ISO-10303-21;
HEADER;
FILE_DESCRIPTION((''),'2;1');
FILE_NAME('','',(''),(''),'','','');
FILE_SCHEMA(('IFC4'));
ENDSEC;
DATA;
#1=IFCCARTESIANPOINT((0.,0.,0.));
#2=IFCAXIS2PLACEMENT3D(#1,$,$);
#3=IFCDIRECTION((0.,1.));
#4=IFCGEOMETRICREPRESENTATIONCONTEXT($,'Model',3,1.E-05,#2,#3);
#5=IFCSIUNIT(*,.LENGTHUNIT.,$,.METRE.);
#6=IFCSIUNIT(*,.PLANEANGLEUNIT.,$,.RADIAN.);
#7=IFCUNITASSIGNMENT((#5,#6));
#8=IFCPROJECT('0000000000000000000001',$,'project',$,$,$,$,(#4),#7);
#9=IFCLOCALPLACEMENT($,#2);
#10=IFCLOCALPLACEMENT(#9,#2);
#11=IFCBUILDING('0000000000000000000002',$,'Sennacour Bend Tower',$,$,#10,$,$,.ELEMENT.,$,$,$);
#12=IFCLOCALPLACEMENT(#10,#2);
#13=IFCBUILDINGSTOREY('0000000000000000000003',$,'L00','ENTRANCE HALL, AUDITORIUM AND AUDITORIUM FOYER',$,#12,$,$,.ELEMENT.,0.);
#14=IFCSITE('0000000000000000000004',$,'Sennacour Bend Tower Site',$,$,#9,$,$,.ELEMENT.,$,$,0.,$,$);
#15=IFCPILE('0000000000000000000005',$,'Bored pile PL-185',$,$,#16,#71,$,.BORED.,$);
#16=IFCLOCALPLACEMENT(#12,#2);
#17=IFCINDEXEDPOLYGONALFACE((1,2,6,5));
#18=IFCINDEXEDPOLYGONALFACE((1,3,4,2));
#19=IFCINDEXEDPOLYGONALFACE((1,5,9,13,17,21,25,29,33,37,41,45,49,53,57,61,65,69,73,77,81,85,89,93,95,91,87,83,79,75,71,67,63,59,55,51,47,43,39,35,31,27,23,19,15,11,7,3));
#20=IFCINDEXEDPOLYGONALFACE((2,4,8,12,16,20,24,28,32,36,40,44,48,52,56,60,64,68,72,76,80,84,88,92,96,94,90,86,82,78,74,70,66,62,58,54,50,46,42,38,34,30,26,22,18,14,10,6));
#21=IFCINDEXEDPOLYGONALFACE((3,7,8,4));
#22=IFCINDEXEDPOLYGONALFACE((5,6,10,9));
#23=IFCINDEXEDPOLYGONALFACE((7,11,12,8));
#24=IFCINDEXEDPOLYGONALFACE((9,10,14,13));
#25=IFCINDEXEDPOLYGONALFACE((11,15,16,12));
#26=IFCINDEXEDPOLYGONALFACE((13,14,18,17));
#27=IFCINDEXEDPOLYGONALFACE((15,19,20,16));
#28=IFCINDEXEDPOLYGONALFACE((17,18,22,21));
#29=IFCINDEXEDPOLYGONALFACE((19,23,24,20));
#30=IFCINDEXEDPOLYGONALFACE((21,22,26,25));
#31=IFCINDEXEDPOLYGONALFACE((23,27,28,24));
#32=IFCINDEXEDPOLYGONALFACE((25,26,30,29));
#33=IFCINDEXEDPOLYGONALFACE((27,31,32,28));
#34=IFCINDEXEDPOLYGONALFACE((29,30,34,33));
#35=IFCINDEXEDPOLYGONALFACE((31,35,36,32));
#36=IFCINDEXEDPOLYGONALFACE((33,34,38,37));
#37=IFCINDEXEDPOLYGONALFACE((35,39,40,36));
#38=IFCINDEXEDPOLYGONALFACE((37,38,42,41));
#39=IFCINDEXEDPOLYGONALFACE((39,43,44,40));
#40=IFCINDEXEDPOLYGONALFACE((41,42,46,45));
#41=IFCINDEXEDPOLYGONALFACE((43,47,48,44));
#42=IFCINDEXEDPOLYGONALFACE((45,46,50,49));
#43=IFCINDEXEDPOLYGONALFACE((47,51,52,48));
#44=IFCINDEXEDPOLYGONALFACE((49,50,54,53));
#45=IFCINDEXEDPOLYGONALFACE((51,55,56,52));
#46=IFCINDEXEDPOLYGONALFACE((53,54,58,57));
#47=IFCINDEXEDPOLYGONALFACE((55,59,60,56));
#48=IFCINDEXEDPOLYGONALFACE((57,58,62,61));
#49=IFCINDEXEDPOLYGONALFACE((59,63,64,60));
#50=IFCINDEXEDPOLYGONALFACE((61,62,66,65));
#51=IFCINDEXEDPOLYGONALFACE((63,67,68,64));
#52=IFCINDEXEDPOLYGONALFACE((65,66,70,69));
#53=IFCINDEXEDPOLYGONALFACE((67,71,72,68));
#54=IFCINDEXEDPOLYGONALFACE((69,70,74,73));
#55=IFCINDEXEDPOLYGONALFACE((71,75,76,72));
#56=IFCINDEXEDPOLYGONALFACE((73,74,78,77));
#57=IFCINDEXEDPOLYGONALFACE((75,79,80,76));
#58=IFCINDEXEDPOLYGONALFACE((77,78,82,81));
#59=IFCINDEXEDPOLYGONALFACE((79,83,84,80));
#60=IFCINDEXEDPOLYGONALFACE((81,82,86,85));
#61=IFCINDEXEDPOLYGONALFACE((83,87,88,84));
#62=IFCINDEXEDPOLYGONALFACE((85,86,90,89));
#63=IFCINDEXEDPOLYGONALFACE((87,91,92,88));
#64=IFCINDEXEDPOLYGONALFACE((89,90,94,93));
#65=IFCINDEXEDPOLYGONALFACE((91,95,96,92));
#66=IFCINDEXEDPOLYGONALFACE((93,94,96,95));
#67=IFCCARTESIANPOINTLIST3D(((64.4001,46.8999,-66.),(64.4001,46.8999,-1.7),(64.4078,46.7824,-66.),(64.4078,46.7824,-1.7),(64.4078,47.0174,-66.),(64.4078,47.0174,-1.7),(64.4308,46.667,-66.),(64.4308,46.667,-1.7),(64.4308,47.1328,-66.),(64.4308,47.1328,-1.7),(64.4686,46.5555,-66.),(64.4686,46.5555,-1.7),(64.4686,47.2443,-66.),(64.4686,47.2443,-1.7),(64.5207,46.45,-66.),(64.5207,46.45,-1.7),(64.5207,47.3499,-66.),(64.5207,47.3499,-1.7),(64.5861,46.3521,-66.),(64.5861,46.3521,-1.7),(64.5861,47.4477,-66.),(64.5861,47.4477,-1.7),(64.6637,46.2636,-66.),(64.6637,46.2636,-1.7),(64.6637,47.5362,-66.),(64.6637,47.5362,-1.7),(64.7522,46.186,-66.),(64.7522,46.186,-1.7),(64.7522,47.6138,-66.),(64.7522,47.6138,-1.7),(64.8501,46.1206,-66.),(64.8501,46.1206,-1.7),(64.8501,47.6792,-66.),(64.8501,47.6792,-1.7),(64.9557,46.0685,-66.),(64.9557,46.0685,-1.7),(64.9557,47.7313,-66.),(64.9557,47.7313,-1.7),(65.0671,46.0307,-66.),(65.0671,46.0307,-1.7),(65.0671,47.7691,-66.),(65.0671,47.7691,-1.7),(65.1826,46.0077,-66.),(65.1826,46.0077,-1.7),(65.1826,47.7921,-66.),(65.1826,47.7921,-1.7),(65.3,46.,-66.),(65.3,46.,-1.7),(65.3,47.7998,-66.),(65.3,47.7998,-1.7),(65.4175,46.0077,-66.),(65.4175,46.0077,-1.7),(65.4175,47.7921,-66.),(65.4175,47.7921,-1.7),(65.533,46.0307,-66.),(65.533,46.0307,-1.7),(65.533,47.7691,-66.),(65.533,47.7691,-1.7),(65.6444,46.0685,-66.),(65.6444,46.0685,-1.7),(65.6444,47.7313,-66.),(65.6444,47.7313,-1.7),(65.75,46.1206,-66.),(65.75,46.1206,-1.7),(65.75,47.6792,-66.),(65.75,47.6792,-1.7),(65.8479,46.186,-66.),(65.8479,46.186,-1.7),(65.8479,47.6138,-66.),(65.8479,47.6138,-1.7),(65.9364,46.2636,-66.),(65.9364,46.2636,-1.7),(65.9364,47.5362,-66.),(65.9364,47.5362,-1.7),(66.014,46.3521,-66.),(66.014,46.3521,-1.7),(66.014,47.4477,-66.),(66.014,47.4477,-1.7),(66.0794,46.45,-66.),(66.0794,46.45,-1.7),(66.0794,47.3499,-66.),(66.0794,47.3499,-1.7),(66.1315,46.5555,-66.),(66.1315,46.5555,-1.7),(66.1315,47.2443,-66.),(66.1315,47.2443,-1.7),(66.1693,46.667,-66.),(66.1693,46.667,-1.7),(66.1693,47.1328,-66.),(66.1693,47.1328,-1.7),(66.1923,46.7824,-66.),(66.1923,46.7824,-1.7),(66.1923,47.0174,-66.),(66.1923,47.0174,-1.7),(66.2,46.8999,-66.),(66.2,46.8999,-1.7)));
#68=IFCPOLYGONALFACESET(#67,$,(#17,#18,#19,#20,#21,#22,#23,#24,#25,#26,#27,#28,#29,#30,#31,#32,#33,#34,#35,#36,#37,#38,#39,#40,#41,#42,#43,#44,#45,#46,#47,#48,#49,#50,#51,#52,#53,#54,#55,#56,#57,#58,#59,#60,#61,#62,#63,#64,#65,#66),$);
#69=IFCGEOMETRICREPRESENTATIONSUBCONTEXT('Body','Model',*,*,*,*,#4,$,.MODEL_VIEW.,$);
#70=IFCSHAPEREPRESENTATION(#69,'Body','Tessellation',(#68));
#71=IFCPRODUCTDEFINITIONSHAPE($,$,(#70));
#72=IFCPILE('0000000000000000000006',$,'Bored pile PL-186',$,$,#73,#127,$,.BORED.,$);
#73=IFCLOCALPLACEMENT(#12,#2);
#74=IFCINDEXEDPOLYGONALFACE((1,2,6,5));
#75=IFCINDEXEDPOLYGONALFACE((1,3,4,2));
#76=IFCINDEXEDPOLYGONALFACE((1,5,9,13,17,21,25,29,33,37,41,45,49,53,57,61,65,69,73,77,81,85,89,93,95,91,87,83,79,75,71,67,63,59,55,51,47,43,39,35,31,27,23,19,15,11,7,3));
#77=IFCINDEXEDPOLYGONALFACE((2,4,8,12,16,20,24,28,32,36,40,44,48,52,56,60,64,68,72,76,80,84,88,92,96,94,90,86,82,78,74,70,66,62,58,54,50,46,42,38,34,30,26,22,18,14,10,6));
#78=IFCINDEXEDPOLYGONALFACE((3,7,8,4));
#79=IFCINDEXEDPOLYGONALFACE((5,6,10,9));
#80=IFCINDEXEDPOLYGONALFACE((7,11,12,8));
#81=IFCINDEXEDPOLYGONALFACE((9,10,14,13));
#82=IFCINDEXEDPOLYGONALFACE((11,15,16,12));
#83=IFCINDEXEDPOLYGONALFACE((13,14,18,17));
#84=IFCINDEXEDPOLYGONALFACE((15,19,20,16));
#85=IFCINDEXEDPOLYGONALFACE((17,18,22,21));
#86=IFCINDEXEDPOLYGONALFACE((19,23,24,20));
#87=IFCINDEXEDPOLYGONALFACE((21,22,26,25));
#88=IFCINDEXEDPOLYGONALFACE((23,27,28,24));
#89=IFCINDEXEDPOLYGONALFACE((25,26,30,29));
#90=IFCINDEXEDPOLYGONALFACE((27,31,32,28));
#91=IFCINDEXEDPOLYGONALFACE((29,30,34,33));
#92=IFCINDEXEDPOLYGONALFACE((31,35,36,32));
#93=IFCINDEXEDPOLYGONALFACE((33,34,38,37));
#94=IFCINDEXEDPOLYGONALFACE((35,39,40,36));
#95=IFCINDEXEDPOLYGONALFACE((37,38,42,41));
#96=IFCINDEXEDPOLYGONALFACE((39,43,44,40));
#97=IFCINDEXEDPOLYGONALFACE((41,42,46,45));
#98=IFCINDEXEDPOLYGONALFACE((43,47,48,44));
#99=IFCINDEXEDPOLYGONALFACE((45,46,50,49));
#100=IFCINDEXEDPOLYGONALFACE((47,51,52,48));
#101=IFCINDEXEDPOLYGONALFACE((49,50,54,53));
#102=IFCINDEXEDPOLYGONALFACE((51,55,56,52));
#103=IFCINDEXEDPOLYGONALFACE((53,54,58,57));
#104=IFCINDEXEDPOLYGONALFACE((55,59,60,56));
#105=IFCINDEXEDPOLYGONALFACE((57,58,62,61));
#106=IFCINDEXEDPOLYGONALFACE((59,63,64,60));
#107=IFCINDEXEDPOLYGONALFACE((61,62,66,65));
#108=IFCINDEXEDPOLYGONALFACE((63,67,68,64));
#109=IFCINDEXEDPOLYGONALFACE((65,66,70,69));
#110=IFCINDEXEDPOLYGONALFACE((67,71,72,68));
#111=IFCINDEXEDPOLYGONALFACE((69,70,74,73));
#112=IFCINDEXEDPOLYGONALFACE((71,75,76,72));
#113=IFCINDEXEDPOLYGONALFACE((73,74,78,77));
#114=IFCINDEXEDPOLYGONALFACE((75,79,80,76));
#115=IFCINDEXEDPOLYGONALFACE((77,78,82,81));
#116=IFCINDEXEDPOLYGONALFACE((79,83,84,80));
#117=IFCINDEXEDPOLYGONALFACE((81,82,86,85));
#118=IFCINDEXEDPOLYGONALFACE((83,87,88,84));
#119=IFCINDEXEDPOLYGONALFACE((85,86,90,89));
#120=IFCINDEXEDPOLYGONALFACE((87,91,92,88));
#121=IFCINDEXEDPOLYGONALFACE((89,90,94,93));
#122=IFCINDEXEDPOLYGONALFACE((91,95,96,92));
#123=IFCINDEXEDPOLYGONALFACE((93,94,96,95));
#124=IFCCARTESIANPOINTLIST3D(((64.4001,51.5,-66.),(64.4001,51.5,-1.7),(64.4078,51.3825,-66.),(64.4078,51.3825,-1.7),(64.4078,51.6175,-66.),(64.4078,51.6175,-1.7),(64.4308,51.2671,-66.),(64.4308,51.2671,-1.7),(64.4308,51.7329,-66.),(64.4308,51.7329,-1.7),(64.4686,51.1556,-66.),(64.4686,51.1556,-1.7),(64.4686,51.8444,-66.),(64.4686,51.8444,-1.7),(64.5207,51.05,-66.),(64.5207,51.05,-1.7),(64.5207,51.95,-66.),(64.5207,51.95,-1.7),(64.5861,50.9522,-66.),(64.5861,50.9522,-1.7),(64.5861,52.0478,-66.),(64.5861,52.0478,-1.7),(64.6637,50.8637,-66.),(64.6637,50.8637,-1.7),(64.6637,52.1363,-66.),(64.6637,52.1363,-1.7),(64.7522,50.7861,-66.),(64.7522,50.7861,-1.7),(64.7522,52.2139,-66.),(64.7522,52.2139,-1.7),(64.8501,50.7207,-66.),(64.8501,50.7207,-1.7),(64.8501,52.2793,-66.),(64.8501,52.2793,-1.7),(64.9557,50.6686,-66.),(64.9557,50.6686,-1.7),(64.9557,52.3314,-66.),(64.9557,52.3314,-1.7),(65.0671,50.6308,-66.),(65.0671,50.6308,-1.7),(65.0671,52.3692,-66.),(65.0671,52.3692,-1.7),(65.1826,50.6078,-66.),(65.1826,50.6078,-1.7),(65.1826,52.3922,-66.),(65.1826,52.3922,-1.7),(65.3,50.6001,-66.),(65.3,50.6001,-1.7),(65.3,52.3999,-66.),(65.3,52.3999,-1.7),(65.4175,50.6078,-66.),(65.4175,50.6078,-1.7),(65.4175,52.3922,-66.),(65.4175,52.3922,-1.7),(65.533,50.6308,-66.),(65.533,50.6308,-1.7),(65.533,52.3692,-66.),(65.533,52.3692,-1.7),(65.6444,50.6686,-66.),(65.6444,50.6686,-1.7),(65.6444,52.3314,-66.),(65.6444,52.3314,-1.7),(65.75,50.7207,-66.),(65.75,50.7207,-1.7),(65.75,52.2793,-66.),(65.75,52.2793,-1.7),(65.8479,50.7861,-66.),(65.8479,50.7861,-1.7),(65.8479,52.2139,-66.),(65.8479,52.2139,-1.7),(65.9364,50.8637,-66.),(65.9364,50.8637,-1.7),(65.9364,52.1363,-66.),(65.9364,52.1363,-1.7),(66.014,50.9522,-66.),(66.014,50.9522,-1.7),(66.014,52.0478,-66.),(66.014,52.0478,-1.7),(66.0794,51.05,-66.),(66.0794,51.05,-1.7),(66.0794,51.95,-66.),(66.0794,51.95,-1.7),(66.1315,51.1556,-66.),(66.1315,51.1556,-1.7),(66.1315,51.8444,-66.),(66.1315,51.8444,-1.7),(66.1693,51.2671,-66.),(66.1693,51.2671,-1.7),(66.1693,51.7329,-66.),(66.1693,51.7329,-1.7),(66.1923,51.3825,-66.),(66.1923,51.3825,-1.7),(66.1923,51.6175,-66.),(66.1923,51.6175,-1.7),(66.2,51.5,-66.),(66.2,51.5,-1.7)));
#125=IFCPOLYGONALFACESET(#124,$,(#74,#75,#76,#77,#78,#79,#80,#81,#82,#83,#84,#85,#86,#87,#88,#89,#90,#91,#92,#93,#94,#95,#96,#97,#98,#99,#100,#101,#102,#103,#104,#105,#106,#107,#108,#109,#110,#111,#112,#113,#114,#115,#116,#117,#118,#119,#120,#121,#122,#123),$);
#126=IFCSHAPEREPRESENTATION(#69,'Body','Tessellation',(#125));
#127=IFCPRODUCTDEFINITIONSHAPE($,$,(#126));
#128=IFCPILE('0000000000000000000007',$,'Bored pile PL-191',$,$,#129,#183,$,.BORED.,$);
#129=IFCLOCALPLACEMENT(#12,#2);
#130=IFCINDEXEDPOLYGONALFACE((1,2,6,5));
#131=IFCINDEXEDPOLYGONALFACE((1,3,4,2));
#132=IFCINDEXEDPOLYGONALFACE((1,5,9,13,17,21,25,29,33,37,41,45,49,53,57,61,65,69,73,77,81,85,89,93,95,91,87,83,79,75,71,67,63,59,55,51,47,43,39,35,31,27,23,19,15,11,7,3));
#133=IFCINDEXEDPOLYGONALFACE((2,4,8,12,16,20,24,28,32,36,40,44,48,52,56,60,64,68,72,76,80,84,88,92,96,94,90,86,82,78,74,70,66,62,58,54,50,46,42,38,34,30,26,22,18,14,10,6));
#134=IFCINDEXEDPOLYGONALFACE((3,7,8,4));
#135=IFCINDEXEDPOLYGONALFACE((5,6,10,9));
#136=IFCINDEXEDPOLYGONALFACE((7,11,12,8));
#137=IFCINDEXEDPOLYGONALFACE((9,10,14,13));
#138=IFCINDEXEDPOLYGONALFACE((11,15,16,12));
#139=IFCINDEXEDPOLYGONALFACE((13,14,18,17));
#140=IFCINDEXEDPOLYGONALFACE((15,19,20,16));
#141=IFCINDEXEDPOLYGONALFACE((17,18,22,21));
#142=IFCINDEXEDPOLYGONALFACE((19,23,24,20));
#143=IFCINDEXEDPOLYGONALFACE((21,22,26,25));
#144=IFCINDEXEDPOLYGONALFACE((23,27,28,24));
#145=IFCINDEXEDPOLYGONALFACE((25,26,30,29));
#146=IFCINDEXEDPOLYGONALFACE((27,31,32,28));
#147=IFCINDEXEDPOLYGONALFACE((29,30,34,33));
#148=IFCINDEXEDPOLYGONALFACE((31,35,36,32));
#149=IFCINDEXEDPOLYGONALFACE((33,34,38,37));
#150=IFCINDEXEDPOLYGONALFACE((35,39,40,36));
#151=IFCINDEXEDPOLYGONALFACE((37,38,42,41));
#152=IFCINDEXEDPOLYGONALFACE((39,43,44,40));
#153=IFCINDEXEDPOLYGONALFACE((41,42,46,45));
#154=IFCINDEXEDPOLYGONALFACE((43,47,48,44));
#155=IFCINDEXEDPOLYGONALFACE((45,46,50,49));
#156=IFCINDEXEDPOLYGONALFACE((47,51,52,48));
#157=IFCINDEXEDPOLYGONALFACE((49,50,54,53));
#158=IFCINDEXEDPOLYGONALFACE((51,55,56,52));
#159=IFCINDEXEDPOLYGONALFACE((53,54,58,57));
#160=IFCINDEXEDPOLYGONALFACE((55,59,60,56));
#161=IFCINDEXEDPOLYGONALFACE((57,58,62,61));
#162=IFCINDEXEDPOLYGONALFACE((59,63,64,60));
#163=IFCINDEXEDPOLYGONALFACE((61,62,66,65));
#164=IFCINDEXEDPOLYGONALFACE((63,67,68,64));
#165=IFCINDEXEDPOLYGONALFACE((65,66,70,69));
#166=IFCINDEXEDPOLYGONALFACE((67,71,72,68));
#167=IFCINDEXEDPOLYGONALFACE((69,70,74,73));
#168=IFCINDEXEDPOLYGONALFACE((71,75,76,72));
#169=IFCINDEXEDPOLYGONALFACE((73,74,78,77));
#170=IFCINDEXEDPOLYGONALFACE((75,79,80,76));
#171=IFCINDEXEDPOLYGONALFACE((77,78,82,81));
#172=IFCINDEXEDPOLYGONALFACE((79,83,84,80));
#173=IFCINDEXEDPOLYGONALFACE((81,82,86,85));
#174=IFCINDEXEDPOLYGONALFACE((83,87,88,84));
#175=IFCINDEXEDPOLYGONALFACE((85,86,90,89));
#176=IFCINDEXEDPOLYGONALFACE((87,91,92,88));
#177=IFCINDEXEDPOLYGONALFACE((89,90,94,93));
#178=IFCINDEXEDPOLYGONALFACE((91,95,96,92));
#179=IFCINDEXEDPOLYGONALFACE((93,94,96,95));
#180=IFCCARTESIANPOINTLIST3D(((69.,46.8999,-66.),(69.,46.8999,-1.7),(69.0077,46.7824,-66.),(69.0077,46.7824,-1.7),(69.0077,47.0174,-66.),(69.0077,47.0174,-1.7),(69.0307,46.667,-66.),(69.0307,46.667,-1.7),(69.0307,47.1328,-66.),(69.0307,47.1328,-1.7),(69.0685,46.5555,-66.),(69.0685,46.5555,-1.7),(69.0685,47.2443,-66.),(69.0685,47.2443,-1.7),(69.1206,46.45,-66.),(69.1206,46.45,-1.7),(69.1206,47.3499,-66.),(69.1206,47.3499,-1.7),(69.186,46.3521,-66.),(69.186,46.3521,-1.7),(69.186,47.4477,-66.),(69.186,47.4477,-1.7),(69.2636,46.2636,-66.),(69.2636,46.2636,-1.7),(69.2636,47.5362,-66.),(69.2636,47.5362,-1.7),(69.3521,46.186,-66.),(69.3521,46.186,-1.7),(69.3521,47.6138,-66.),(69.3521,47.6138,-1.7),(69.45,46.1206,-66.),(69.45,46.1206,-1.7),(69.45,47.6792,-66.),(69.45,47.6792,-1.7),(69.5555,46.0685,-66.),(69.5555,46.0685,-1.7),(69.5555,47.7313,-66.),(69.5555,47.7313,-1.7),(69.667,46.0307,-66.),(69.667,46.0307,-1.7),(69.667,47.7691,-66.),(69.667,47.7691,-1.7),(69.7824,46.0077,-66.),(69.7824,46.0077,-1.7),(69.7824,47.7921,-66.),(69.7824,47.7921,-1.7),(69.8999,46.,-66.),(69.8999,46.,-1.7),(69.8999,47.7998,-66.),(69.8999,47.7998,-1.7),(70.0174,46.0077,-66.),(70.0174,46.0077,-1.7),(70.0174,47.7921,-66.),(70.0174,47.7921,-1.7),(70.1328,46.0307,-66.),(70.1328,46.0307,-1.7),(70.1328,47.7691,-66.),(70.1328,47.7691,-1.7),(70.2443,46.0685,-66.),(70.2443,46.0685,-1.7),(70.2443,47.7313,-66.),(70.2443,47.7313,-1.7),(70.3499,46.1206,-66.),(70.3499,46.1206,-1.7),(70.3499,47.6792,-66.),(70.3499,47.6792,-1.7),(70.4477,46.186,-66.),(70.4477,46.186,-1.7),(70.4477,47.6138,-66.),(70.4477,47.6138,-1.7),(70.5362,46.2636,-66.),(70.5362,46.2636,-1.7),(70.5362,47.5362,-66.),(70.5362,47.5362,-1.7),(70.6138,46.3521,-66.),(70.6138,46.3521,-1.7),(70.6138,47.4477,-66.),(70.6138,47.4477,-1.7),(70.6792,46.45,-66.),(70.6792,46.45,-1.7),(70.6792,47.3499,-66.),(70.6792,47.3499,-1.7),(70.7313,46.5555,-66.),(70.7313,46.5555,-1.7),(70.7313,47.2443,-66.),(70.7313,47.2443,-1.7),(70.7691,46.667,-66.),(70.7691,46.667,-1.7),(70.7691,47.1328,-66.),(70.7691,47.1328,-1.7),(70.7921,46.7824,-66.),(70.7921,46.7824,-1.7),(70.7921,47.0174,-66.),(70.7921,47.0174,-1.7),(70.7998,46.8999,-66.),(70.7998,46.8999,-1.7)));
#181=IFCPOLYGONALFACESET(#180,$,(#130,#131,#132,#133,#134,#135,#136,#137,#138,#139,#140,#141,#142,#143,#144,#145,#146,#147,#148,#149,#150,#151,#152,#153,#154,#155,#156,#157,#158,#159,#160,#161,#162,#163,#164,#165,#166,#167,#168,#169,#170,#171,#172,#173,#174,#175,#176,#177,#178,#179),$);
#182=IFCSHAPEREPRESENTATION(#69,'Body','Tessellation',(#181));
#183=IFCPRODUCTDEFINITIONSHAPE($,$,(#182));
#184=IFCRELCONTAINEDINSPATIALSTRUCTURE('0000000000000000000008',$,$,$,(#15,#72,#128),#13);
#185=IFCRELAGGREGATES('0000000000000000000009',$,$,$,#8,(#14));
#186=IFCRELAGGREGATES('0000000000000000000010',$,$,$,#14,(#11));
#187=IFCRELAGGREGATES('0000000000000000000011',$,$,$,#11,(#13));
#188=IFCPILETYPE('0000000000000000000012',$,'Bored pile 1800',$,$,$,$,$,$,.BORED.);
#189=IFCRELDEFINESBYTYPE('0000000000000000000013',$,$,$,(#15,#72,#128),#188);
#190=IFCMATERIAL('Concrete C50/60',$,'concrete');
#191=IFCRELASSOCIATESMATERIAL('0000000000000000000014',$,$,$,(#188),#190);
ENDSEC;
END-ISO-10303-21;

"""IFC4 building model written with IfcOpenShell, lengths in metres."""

from ifc_helpers import new_model, si_unit, direction, frame, origin, origin_2d, place, context, subcontext, project, spatial, circle, extrude, material, material_profile, profile_set, type_object, element, save


model = new_model("IFC4")

# Units and contexts
model_context = context("Model", 3, precision=1e-05, world=origin(), true_north=direction((0.0, 1.0)))
body_context = subcontext(model_context, "Body", "Model", "MODEL_VIEW")
ifc_project = project(units=[si_unit("LENGTHUNIT", "METRE"), si_unit("PLANEANGLEUNIT", "RADIAN")], contexts=[model_context])

# Site, building, storey
site_placement = place(None, origin())
site = spatial("IfcSite", under=ifc_project, at=site_placement, Name="Sennacour Bend Tower Site", CompositionType="ELEMENT", RefElevation=0.0)
building_placement = place(site_placement, origin())
building = spatial("IfcBuilding", under=site, at=building_placement, Name="Sennacour Bend Tower", CompositionType="ELEMENT")
storey_placement = place(building_placement, origin())
storey = spatial("IfcBuildingStorey", under=building, at=storey_placement, Name="L00", Description="ENTRANCE HALL, AUDITORIUM AND AUDITORIUM FOYER", CompositionType="ELEMENT", Elevation=0.0)

# Piles
ifc_material_1 = material(Name="Concrete C50/60", Category="concrete")
ifc_material_profile_1 = material_profile(ifc_material_1, circle(Radius=0.8999, at=origin_2d()), Name="Concrete C50/60", Category="concrete")
ifc_profile_set_1 = profile_set([ifc_material_profile_1], Name="Concrete C50/60")
pile_type = type_object("IfcPileType", Name="Bored pile 1800", PredefinedType="BORED", material=ifc_profile_set_1)
for number, where, z_axis, x_axis, name in (
    (1, (65.3, 46.8999, -1.7), (0.0, 0.0, -1.0), (1.0, 0.0, 0.0), "Bored pile PL-185"),
    (2, (65.3, 51.5, -1.7), (0.0, 0.0, -1.0), (1.0, 0.0, 0.0), "Bored pile PL-186"),
    (3, (69.8999, 46.8999, -1.7), (0.0, 0.0, -1.0), (1.0, 0.0, 0.0), "Bored pile PL-191"),
):
    element("IfcPile", number, at=place(storey_placement, frame(where, z_axis=z_axis, x_axis=x_axis)), inside=storey, type_object=pile_type, Name=name, PredefinedType="BORED", context=body_context, shape_type="SweptSolid", body=[
        extrude(circle(Radius=0.8999, at=origin_2d()), origin(), (0.0, 0.0, 1.0), 64.3),
    ])

save(model, "model.ifc")
